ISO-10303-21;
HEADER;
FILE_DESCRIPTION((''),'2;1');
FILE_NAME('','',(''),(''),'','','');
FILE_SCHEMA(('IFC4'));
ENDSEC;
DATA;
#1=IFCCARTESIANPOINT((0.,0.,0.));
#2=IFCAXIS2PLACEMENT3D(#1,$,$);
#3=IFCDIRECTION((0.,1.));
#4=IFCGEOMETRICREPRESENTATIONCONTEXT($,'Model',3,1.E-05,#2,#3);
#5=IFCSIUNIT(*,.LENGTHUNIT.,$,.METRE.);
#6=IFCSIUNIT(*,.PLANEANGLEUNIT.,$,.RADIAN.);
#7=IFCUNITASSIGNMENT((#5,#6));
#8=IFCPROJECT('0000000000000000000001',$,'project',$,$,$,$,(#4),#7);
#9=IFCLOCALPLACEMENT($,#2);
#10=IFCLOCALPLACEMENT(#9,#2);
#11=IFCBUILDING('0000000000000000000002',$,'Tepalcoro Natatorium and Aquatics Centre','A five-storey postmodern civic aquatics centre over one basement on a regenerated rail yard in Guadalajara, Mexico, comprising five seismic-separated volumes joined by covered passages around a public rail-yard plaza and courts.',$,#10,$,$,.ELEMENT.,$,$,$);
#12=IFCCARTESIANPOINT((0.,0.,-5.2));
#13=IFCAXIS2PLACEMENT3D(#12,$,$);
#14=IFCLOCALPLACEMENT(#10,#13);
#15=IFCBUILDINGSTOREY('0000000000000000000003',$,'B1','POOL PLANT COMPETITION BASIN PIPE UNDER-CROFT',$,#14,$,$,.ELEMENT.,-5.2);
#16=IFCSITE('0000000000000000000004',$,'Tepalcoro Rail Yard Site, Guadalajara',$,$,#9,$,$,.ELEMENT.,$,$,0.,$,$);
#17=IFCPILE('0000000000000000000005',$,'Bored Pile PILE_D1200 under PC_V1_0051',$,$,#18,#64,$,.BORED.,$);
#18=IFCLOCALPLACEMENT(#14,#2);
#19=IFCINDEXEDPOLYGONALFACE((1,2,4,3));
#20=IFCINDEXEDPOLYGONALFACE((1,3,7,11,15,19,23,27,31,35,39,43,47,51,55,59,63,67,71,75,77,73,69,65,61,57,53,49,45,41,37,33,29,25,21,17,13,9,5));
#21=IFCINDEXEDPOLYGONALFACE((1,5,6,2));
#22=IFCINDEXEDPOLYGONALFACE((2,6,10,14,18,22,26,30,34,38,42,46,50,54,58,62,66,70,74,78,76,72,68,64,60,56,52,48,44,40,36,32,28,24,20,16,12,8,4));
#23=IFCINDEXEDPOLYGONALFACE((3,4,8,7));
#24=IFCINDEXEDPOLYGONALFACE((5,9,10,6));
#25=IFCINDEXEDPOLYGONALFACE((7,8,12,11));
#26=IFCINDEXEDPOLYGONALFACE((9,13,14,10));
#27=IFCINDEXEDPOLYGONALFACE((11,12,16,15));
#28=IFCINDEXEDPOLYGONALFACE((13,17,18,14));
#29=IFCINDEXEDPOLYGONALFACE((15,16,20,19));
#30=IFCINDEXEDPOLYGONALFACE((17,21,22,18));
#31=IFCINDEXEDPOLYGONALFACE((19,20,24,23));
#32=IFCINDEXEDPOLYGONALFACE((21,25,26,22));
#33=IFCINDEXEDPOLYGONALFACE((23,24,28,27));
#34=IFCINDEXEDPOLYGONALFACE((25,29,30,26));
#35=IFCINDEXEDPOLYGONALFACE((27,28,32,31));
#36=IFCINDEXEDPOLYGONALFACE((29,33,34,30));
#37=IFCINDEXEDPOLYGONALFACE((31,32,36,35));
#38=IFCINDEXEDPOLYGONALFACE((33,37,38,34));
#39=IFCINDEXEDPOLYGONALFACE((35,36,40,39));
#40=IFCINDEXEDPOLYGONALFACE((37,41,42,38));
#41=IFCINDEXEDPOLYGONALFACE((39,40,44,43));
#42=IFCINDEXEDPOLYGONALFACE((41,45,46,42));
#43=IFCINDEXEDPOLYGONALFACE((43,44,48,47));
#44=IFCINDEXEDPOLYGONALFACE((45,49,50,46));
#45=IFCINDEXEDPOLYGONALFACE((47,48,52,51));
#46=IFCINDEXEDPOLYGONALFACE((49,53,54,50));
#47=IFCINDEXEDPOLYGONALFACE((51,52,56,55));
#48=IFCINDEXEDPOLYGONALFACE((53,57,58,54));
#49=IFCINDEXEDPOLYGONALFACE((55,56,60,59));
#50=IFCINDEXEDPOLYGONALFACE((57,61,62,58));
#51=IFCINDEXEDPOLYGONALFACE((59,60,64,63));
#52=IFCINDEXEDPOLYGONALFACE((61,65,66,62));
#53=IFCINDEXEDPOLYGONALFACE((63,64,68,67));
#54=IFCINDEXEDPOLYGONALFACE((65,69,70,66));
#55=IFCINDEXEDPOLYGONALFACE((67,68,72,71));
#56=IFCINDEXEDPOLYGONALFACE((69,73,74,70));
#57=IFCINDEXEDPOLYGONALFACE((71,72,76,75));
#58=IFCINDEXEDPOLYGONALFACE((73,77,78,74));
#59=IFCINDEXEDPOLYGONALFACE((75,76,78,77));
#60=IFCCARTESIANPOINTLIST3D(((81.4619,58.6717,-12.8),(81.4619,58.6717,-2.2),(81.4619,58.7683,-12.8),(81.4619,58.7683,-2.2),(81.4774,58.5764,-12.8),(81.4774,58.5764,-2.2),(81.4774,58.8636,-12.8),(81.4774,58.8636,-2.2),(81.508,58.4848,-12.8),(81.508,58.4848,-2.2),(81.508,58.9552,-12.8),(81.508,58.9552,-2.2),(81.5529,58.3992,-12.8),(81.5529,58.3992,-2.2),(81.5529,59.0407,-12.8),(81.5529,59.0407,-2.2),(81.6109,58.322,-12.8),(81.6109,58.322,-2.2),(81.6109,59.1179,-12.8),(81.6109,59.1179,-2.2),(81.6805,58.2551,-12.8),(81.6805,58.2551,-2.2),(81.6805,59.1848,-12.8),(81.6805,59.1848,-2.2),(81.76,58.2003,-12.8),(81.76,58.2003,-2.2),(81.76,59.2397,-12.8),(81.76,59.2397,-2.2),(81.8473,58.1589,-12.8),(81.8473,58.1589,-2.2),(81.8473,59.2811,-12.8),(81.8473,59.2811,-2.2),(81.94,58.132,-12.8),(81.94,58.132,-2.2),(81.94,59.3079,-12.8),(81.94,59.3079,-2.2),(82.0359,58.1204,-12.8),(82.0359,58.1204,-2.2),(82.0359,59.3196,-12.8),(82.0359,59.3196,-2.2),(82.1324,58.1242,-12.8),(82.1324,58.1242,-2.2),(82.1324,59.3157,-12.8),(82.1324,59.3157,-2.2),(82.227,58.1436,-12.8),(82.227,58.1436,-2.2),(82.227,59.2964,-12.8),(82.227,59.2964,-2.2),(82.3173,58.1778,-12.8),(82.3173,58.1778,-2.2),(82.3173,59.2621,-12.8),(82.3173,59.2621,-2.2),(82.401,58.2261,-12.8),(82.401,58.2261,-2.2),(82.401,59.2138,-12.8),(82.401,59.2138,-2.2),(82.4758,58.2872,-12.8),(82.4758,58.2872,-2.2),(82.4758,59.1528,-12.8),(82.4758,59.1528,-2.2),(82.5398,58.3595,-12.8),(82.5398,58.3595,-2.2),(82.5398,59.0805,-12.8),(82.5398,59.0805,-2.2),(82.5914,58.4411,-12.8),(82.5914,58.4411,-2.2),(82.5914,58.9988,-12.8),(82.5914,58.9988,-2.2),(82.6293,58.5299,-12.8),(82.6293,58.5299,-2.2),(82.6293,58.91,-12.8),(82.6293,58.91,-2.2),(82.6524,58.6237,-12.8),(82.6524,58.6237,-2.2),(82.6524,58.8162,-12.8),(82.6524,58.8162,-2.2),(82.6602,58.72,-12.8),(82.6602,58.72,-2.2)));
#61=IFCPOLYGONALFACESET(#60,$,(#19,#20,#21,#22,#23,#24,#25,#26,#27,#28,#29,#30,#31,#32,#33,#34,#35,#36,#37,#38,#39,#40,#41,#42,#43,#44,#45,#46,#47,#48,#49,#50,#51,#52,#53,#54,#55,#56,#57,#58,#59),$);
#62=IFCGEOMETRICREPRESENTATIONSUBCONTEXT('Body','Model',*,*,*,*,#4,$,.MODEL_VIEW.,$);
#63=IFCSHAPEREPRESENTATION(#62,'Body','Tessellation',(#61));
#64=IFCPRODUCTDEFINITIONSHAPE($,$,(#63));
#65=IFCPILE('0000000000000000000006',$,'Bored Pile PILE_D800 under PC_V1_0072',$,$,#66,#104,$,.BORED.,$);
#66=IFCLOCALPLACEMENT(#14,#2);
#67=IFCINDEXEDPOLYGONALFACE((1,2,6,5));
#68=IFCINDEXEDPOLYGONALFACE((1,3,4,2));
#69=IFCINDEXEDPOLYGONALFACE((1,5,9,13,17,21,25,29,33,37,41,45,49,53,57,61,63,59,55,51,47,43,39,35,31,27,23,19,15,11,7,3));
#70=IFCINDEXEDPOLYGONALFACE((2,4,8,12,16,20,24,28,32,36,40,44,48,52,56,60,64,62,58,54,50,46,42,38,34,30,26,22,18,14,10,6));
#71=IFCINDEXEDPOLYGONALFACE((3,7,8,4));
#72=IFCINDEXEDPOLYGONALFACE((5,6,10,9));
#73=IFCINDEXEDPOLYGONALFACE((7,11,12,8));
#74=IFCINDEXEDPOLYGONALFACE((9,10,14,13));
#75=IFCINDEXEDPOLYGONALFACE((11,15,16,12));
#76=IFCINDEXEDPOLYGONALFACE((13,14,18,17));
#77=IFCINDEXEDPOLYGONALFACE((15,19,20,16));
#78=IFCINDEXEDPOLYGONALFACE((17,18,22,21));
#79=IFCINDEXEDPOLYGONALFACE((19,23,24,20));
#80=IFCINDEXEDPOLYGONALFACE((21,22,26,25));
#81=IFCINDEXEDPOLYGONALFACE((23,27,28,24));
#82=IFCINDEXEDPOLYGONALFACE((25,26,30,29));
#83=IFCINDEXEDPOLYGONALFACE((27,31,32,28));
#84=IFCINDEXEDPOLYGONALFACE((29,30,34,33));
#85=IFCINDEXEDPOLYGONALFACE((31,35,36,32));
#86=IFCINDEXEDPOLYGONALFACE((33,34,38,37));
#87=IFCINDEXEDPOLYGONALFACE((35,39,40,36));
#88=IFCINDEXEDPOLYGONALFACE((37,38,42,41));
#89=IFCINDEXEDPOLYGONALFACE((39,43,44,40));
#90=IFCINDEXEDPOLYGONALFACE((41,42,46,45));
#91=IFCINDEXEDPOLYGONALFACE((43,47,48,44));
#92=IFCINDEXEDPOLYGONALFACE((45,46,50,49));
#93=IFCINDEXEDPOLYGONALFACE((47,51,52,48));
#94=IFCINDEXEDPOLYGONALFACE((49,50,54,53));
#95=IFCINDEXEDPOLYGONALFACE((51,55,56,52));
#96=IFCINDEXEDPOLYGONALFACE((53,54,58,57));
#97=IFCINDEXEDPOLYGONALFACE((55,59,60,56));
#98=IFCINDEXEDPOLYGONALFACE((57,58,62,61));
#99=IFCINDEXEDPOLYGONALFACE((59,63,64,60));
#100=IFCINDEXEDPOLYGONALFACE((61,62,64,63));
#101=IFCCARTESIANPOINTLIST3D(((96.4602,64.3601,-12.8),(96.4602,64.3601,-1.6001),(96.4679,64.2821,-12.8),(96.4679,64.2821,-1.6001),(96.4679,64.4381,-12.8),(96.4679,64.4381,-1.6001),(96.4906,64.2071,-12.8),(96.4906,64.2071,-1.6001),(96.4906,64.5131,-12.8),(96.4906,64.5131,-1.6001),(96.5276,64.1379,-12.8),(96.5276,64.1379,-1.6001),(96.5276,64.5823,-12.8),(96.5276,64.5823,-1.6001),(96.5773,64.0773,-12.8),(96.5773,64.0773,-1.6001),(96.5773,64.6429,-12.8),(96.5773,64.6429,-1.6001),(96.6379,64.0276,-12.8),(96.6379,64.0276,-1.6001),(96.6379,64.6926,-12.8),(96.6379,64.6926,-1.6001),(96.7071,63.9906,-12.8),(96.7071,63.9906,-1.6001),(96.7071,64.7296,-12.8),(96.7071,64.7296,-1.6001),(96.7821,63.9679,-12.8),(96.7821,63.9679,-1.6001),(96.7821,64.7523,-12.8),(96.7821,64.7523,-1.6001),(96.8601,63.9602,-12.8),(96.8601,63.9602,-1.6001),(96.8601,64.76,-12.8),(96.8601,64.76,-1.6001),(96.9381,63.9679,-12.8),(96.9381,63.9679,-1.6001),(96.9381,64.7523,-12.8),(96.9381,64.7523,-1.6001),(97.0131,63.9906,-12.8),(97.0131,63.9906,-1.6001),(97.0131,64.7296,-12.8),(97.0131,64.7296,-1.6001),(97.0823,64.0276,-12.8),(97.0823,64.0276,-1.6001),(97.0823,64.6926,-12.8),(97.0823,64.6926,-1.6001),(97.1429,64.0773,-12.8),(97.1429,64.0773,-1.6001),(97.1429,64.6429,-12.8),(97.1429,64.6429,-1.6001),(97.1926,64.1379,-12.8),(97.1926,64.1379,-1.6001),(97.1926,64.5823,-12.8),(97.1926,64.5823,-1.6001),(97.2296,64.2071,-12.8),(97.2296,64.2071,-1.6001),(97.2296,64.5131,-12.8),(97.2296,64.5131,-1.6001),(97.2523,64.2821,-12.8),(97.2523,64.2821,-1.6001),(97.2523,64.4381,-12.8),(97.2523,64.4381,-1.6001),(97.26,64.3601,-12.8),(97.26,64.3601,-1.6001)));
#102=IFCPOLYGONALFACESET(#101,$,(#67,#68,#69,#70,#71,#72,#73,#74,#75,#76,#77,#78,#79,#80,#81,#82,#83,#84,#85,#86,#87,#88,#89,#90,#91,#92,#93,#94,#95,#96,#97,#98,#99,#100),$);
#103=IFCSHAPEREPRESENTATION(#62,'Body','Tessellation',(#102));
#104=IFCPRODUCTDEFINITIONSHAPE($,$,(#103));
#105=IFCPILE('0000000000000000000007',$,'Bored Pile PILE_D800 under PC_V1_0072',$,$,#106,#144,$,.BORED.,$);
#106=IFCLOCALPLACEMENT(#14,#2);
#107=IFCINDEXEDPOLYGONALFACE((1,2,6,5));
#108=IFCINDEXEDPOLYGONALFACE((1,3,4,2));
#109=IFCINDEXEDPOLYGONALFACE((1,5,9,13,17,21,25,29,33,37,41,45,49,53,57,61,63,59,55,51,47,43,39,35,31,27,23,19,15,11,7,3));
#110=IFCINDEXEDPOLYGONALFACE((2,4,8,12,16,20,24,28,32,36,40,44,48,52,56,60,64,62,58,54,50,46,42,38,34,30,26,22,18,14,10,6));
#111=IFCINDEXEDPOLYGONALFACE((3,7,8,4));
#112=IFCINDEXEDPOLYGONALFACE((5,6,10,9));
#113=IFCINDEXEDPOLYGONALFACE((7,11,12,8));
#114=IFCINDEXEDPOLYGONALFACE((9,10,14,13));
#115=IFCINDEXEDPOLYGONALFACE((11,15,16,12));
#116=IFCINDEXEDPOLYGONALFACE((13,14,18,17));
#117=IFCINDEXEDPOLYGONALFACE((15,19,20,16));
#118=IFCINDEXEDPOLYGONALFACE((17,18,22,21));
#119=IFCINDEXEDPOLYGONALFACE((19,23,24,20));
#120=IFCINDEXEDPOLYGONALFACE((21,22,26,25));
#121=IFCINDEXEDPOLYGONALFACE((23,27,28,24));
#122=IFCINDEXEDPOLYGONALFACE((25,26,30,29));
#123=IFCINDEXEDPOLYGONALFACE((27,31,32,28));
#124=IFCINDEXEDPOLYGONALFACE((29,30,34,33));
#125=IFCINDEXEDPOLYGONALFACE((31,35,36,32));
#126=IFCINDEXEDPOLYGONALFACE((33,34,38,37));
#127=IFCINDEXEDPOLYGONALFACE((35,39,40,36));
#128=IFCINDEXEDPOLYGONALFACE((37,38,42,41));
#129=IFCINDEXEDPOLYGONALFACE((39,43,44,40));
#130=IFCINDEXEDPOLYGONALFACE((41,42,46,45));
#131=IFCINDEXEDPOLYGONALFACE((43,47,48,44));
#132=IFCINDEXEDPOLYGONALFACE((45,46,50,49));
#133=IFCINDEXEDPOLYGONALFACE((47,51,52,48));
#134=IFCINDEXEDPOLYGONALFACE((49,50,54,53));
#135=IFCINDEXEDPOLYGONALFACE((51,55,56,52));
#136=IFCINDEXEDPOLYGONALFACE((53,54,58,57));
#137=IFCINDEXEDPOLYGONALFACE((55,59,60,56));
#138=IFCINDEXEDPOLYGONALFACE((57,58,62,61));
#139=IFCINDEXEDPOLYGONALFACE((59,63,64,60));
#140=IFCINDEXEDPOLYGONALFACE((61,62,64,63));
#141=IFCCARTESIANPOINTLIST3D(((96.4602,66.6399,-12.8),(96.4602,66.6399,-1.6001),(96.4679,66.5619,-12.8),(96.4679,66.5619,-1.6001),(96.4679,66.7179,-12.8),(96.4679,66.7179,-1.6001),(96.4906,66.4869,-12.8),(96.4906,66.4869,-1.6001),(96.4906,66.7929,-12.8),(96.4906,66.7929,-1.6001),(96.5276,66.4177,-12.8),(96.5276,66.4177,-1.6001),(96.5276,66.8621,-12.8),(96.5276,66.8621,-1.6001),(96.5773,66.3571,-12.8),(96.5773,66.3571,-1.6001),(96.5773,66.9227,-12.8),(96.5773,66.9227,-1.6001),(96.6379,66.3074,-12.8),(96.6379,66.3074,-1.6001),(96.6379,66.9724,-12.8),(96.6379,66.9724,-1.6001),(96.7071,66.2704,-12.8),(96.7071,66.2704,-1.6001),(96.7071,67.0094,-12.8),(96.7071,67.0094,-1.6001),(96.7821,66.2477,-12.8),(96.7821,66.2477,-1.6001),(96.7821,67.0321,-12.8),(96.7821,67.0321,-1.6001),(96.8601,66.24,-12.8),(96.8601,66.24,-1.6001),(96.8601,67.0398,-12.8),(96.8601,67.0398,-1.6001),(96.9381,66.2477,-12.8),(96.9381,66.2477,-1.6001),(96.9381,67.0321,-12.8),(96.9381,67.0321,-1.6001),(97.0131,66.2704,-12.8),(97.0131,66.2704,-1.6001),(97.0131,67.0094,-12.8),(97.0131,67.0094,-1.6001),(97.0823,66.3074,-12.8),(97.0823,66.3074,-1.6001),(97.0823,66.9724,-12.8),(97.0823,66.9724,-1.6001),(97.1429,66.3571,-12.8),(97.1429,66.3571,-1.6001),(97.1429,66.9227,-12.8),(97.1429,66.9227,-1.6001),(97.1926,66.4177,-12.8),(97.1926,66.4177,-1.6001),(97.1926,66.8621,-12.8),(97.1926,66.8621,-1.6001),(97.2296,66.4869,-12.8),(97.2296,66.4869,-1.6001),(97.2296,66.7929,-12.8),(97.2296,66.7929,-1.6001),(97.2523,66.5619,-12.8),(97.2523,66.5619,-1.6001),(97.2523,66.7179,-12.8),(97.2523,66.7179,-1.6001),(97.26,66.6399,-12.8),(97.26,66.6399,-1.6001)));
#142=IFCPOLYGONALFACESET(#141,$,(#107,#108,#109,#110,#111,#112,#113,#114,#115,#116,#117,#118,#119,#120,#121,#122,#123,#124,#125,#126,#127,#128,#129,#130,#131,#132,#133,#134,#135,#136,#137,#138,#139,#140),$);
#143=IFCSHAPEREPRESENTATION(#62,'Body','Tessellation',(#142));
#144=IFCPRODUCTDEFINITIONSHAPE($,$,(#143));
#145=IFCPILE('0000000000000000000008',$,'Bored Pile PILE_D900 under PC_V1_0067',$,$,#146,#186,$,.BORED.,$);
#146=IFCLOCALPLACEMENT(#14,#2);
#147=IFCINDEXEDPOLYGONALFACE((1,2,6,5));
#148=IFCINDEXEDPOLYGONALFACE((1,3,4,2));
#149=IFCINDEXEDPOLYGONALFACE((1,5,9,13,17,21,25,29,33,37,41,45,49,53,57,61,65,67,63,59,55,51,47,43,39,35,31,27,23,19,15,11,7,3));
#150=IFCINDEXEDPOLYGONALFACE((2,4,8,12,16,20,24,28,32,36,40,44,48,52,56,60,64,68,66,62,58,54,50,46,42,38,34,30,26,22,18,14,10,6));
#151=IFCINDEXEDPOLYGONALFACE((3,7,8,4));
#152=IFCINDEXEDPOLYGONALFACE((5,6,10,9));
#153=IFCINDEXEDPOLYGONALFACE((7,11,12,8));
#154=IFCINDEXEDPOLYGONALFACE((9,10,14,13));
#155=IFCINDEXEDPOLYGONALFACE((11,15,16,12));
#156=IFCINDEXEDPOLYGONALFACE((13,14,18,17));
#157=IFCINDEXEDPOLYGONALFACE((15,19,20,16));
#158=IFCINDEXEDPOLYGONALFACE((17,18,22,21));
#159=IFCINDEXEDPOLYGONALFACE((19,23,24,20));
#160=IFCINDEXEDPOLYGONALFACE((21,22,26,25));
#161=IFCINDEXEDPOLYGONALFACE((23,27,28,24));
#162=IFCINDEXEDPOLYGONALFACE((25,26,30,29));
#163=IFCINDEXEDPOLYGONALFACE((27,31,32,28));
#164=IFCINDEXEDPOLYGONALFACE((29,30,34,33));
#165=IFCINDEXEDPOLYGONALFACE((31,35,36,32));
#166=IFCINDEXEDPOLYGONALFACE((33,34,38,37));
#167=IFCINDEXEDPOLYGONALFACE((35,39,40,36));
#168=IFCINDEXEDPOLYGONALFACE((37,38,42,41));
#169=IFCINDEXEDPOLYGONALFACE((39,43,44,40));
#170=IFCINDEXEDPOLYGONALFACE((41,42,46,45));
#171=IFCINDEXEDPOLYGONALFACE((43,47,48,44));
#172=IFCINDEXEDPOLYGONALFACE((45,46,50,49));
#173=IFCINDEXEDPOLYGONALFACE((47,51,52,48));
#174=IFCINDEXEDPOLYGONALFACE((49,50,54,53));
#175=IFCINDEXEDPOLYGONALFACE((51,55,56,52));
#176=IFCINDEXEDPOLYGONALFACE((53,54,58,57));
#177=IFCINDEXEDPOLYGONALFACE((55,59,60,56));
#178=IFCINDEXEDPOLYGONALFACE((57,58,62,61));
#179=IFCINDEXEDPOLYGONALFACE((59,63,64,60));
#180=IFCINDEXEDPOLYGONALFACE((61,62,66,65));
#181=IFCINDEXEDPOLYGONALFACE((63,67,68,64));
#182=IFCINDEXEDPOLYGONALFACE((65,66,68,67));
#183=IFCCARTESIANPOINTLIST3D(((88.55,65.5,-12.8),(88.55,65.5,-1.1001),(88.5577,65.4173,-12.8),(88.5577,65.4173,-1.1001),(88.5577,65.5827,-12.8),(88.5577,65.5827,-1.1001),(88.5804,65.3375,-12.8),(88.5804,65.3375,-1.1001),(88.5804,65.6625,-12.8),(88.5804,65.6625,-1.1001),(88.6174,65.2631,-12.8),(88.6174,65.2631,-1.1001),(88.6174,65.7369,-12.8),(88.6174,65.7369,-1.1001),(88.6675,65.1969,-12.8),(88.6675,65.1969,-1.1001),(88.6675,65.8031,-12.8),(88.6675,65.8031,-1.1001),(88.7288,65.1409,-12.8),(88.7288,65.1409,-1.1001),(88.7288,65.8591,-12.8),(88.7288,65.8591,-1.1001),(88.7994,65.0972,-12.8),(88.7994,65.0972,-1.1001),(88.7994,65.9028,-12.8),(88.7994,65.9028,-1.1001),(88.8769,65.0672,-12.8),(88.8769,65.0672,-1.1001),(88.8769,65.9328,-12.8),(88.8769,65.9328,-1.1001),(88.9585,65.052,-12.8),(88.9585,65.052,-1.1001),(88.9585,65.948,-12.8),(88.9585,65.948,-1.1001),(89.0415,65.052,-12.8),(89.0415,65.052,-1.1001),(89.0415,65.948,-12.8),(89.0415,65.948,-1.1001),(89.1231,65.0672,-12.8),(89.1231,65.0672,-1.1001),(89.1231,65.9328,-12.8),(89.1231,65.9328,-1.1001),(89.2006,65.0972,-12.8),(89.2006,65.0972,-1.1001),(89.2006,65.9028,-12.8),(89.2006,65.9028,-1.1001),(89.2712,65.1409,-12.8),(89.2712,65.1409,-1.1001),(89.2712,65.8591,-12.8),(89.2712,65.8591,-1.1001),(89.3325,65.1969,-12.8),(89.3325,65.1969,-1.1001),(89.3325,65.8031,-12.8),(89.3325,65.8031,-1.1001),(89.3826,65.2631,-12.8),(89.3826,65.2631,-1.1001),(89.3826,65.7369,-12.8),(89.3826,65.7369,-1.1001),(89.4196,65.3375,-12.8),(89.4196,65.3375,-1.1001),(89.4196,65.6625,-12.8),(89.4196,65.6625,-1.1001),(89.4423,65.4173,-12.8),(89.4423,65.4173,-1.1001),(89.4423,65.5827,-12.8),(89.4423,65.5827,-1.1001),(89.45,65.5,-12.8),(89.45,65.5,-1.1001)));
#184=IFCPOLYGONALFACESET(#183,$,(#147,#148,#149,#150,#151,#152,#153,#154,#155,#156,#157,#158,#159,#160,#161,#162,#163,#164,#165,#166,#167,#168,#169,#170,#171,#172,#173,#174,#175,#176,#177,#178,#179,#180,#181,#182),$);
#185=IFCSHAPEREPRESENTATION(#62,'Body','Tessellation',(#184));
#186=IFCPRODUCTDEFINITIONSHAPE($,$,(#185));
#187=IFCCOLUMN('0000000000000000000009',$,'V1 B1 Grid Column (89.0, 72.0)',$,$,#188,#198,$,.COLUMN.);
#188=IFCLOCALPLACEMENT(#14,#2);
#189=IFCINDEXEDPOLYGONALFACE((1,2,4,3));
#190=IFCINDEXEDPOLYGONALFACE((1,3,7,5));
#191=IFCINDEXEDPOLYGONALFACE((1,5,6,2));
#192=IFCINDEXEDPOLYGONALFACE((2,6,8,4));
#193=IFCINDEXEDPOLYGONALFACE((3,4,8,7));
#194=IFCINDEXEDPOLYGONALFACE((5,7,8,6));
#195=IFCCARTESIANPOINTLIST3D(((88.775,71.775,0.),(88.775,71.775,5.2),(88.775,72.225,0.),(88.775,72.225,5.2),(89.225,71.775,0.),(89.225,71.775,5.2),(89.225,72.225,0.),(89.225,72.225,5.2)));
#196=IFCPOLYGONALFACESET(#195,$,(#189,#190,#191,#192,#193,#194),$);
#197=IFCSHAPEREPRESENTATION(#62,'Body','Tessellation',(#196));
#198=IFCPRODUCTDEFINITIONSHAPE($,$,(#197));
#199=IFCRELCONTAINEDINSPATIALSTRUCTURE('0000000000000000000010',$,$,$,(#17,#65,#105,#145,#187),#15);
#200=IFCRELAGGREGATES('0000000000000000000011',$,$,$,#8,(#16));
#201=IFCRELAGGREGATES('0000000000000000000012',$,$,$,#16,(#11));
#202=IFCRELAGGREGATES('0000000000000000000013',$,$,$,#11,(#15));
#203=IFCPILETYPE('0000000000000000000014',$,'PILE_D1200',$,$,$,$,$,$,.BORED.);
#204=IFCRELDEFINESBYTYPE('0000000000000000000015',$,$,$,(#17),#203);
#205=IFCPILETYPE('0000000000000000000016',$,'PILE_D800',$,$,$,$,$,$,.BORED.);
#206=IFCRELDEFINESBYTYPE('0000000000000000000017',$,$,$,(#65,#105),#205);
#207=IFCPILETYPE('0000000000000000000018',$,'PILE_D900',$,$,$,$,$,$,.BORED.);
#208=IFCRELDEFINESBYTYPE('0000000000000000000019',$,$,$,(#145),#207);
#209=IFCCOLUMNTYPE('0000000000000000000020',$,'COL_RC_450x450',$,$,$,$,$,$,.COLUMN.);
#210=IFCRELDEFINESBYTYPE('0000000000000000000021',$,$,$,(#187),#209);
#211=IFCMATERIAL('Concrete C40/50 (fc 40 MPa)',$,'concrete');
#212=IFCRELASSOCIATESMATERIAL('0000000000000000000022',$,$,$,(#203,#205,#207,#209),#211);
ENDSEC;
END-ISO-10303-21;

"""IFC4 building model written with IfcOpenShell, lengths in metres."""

from ifc_helpers import new_model, si_unit, direction, frame, origin, origin_2d, place, context, subcontext, project, spatial, rectangle, circle, extrude, material, material_profile, profile_set, type_object, element, save


model = new_model("IFC4")

# Units and contexts
model_context = context("Model", 3, precision=1e-05, world=origin(), true_north=direction((0.0, 1.0)))
body_context = subcontext(model_context, "Body", "Model", "MODEL_VIEW")
ifc_project = project(units=[si_unit("LENGTHUNIT", "METRE"), si_unit("PLANEANGLEUNIT", "RADIAN")], contexts=[model_context])

# Site, building, storey
site_placement = place(None, origin())
site = spatial("IfcSite", under=ifc_project, at=site_placement, Name="Tepalcoro Rail Yard Site, Guadalajara", CompositionType="ELEMENT", RefElevation=0.0)
building_placement = place(site_placement, origin())
building = spatial("IfcBuilding", under=site, at=building_placement, Name="Tepalcoro Natatorium and Aquatics Centre", Description="A five-storey postmodern civic aquatics centre over one basement on a regenerated rail yard in Guadalajara, Mexico, comprising five seismic-separated volumes joined by covered passages around a public rail-yard plaza and courts.", CompositionType="ELEMENT")
storey_placement = place(building_placement, frame((0.0, 0.0, -5.2)))
storey = spatial("IfcBuildingStorey", under=building, at=storey_placement, Name="B1", Description="POOL PLANT COMPETITION BASIN PIPE UNDER-CROFT", CompositionType="ELEMENT", Elevation=-5.2)

# Piles
ifc_material_1 = material(Name="Concrete C40/50 (fc 40 MPa)", Category="concrete")
ifc_material_profile_1 = material_profile(ifc_material_1, circle(Radius=0.6001, at=origin_2d()), Name="PILE_D1200")
ifc_profile_set_1 = profile_set([ifc_material_profile_1], Name="Concrete C40/50 (fc 40 MPa)")
pile_type_1 = type_object("IfcPileType", Name="PILE_D1200", PredefinedType="BORED", material=ifc_profile_set_1)
for number, where, z_axis, x_axis, name in (
    (1, (82.0601, 58.72, -2.2), (0.0, 0.0, -1.0), (1.0, 0.0, 0.0), "Bored Pile PILE_D1200 under PC_V1_0051"),
):
    element("IfcPile", number, at=place(storey_placement, frame(where, z_axis=z_axis, x_axis=x_axis)), inside=storey, type_object=pile_type_1, Name=name, PredefinedType="BORED", context=body_context, shape_type="SweptSolid", body=[
        extrude(circle(Radius=0.6001, at=origin_2d()), origin(), (0.0, 0.0, 1.0), 10.6001),
    ])
ifc_material_profile_2 = material_profile(ifc_material_1, circle(Radius=0.3999, at=origin_2d()), Name="PILE_D800")
ifc_profile_set_2 = profile_set([ifc_material_profile_2], Name="Concrete C40/50 (fc 40 MPa)")
pile_type_2 = type_object("IfcPileType", Name="PILE_D800", PredefinedType="BORED", material=ifc_profile_set_2)
for number, where, z_axis, x_axis, name in (
    (2, (96.8601, 64.3601, -1.6001), (0.0, 0.0, -1.0), (1.0, 0.0, 0.0), "Bored Pile PILE_D800 under PC_V1_0072"),
    (3, (96.8601, 66.6399, -1.6001), (0.0, 0.0, -1.0), (1.0, 0.0, 0.0), "Bored Pile PILE_D800 under PC_V1_0072"),
):
    element("IfcPile", number, at=place(storey_placement, frame(where, z_axis=z_axis, x_axis=x_axis)), inside=storey, type_object=pile_type_2, Name=name, PredefinedType="BORED", context=body_context, shape_type="SweptSolid", body=[
        extrude(circle(Radius=0.3999, at=origin_2d()), origin(), (0.0, 0.0, 1.0), 11.2),
    ])
ifc_material_profile_3 = material_profile(ifc_material_1, circle(Radius=0.45, at=origin_2d()), Name="PILE_D900")
ifc_profile_set_3 = profile_set([ifc_material_profile_3], Name="Concrete C40/50 (fc 40 MPa)")
pile_type_3 = type_object("IfcPileType", Name="PILE_D900", PredefinedType="BORED", material=ifc_profile_set_3)
pile_1_placement = place(storey_placement, frame((89.0, 65.5, -1.1001), z_axis=(0.0, 0.0, -1.0), x_axis=(1.0, 0.0, 0.0)))
element("IfcPile", 4, at=pile_1_placement, inside=storey, type_object=pile_type_3, Name="Bored Pile PILE_D900 under PC_V1_0067", PredefinedType="BORED", context=body_context, shape_type="SweptSolid", body=[
    extrude(circle(Radius=0.45, at=origin_2d()), origin(), (0.0, 0.0, 1.0), 11.7),
])

# Column
ifc_material_profile_4 = material_profile(ifc_material_1, rectangle(XDim=0.45, YDim=0.45, at=origin_2d()), Name="RC450x450")
ifc_profile_set_4 = profile_set([ifc_material_profile_4], Name="Concrete C40/50 (fc 40 MPa)")
column_type_1 = type_object("IfcColumnType", Name="COL_RC_450x450", PredefinedType="COLUMN", material=ifc_profile_set_4)
column_1_placement = place(storey_placement, frame((89.0, 72.0, 0.0), z_axis=(0.0, 0.0, 1.0), x_axis=(1.0, 0.0, 0.0)))
element("IfcColumn", 5, at=column_1_placement, inside=storey, type_object=column_type_1, Name="V1 B1 Grid Column (89.0, 72.0)", PredefinedType="COLUMN", context=body_context, shape_type="SweptSolid", body=[
    extrude(rectangle(XDim=0.45, YDim=0.45, at=origin_2d()), origin(), (0.0, 0.0, 1.0), 5.2),
])

save(model, "model.ifc")
